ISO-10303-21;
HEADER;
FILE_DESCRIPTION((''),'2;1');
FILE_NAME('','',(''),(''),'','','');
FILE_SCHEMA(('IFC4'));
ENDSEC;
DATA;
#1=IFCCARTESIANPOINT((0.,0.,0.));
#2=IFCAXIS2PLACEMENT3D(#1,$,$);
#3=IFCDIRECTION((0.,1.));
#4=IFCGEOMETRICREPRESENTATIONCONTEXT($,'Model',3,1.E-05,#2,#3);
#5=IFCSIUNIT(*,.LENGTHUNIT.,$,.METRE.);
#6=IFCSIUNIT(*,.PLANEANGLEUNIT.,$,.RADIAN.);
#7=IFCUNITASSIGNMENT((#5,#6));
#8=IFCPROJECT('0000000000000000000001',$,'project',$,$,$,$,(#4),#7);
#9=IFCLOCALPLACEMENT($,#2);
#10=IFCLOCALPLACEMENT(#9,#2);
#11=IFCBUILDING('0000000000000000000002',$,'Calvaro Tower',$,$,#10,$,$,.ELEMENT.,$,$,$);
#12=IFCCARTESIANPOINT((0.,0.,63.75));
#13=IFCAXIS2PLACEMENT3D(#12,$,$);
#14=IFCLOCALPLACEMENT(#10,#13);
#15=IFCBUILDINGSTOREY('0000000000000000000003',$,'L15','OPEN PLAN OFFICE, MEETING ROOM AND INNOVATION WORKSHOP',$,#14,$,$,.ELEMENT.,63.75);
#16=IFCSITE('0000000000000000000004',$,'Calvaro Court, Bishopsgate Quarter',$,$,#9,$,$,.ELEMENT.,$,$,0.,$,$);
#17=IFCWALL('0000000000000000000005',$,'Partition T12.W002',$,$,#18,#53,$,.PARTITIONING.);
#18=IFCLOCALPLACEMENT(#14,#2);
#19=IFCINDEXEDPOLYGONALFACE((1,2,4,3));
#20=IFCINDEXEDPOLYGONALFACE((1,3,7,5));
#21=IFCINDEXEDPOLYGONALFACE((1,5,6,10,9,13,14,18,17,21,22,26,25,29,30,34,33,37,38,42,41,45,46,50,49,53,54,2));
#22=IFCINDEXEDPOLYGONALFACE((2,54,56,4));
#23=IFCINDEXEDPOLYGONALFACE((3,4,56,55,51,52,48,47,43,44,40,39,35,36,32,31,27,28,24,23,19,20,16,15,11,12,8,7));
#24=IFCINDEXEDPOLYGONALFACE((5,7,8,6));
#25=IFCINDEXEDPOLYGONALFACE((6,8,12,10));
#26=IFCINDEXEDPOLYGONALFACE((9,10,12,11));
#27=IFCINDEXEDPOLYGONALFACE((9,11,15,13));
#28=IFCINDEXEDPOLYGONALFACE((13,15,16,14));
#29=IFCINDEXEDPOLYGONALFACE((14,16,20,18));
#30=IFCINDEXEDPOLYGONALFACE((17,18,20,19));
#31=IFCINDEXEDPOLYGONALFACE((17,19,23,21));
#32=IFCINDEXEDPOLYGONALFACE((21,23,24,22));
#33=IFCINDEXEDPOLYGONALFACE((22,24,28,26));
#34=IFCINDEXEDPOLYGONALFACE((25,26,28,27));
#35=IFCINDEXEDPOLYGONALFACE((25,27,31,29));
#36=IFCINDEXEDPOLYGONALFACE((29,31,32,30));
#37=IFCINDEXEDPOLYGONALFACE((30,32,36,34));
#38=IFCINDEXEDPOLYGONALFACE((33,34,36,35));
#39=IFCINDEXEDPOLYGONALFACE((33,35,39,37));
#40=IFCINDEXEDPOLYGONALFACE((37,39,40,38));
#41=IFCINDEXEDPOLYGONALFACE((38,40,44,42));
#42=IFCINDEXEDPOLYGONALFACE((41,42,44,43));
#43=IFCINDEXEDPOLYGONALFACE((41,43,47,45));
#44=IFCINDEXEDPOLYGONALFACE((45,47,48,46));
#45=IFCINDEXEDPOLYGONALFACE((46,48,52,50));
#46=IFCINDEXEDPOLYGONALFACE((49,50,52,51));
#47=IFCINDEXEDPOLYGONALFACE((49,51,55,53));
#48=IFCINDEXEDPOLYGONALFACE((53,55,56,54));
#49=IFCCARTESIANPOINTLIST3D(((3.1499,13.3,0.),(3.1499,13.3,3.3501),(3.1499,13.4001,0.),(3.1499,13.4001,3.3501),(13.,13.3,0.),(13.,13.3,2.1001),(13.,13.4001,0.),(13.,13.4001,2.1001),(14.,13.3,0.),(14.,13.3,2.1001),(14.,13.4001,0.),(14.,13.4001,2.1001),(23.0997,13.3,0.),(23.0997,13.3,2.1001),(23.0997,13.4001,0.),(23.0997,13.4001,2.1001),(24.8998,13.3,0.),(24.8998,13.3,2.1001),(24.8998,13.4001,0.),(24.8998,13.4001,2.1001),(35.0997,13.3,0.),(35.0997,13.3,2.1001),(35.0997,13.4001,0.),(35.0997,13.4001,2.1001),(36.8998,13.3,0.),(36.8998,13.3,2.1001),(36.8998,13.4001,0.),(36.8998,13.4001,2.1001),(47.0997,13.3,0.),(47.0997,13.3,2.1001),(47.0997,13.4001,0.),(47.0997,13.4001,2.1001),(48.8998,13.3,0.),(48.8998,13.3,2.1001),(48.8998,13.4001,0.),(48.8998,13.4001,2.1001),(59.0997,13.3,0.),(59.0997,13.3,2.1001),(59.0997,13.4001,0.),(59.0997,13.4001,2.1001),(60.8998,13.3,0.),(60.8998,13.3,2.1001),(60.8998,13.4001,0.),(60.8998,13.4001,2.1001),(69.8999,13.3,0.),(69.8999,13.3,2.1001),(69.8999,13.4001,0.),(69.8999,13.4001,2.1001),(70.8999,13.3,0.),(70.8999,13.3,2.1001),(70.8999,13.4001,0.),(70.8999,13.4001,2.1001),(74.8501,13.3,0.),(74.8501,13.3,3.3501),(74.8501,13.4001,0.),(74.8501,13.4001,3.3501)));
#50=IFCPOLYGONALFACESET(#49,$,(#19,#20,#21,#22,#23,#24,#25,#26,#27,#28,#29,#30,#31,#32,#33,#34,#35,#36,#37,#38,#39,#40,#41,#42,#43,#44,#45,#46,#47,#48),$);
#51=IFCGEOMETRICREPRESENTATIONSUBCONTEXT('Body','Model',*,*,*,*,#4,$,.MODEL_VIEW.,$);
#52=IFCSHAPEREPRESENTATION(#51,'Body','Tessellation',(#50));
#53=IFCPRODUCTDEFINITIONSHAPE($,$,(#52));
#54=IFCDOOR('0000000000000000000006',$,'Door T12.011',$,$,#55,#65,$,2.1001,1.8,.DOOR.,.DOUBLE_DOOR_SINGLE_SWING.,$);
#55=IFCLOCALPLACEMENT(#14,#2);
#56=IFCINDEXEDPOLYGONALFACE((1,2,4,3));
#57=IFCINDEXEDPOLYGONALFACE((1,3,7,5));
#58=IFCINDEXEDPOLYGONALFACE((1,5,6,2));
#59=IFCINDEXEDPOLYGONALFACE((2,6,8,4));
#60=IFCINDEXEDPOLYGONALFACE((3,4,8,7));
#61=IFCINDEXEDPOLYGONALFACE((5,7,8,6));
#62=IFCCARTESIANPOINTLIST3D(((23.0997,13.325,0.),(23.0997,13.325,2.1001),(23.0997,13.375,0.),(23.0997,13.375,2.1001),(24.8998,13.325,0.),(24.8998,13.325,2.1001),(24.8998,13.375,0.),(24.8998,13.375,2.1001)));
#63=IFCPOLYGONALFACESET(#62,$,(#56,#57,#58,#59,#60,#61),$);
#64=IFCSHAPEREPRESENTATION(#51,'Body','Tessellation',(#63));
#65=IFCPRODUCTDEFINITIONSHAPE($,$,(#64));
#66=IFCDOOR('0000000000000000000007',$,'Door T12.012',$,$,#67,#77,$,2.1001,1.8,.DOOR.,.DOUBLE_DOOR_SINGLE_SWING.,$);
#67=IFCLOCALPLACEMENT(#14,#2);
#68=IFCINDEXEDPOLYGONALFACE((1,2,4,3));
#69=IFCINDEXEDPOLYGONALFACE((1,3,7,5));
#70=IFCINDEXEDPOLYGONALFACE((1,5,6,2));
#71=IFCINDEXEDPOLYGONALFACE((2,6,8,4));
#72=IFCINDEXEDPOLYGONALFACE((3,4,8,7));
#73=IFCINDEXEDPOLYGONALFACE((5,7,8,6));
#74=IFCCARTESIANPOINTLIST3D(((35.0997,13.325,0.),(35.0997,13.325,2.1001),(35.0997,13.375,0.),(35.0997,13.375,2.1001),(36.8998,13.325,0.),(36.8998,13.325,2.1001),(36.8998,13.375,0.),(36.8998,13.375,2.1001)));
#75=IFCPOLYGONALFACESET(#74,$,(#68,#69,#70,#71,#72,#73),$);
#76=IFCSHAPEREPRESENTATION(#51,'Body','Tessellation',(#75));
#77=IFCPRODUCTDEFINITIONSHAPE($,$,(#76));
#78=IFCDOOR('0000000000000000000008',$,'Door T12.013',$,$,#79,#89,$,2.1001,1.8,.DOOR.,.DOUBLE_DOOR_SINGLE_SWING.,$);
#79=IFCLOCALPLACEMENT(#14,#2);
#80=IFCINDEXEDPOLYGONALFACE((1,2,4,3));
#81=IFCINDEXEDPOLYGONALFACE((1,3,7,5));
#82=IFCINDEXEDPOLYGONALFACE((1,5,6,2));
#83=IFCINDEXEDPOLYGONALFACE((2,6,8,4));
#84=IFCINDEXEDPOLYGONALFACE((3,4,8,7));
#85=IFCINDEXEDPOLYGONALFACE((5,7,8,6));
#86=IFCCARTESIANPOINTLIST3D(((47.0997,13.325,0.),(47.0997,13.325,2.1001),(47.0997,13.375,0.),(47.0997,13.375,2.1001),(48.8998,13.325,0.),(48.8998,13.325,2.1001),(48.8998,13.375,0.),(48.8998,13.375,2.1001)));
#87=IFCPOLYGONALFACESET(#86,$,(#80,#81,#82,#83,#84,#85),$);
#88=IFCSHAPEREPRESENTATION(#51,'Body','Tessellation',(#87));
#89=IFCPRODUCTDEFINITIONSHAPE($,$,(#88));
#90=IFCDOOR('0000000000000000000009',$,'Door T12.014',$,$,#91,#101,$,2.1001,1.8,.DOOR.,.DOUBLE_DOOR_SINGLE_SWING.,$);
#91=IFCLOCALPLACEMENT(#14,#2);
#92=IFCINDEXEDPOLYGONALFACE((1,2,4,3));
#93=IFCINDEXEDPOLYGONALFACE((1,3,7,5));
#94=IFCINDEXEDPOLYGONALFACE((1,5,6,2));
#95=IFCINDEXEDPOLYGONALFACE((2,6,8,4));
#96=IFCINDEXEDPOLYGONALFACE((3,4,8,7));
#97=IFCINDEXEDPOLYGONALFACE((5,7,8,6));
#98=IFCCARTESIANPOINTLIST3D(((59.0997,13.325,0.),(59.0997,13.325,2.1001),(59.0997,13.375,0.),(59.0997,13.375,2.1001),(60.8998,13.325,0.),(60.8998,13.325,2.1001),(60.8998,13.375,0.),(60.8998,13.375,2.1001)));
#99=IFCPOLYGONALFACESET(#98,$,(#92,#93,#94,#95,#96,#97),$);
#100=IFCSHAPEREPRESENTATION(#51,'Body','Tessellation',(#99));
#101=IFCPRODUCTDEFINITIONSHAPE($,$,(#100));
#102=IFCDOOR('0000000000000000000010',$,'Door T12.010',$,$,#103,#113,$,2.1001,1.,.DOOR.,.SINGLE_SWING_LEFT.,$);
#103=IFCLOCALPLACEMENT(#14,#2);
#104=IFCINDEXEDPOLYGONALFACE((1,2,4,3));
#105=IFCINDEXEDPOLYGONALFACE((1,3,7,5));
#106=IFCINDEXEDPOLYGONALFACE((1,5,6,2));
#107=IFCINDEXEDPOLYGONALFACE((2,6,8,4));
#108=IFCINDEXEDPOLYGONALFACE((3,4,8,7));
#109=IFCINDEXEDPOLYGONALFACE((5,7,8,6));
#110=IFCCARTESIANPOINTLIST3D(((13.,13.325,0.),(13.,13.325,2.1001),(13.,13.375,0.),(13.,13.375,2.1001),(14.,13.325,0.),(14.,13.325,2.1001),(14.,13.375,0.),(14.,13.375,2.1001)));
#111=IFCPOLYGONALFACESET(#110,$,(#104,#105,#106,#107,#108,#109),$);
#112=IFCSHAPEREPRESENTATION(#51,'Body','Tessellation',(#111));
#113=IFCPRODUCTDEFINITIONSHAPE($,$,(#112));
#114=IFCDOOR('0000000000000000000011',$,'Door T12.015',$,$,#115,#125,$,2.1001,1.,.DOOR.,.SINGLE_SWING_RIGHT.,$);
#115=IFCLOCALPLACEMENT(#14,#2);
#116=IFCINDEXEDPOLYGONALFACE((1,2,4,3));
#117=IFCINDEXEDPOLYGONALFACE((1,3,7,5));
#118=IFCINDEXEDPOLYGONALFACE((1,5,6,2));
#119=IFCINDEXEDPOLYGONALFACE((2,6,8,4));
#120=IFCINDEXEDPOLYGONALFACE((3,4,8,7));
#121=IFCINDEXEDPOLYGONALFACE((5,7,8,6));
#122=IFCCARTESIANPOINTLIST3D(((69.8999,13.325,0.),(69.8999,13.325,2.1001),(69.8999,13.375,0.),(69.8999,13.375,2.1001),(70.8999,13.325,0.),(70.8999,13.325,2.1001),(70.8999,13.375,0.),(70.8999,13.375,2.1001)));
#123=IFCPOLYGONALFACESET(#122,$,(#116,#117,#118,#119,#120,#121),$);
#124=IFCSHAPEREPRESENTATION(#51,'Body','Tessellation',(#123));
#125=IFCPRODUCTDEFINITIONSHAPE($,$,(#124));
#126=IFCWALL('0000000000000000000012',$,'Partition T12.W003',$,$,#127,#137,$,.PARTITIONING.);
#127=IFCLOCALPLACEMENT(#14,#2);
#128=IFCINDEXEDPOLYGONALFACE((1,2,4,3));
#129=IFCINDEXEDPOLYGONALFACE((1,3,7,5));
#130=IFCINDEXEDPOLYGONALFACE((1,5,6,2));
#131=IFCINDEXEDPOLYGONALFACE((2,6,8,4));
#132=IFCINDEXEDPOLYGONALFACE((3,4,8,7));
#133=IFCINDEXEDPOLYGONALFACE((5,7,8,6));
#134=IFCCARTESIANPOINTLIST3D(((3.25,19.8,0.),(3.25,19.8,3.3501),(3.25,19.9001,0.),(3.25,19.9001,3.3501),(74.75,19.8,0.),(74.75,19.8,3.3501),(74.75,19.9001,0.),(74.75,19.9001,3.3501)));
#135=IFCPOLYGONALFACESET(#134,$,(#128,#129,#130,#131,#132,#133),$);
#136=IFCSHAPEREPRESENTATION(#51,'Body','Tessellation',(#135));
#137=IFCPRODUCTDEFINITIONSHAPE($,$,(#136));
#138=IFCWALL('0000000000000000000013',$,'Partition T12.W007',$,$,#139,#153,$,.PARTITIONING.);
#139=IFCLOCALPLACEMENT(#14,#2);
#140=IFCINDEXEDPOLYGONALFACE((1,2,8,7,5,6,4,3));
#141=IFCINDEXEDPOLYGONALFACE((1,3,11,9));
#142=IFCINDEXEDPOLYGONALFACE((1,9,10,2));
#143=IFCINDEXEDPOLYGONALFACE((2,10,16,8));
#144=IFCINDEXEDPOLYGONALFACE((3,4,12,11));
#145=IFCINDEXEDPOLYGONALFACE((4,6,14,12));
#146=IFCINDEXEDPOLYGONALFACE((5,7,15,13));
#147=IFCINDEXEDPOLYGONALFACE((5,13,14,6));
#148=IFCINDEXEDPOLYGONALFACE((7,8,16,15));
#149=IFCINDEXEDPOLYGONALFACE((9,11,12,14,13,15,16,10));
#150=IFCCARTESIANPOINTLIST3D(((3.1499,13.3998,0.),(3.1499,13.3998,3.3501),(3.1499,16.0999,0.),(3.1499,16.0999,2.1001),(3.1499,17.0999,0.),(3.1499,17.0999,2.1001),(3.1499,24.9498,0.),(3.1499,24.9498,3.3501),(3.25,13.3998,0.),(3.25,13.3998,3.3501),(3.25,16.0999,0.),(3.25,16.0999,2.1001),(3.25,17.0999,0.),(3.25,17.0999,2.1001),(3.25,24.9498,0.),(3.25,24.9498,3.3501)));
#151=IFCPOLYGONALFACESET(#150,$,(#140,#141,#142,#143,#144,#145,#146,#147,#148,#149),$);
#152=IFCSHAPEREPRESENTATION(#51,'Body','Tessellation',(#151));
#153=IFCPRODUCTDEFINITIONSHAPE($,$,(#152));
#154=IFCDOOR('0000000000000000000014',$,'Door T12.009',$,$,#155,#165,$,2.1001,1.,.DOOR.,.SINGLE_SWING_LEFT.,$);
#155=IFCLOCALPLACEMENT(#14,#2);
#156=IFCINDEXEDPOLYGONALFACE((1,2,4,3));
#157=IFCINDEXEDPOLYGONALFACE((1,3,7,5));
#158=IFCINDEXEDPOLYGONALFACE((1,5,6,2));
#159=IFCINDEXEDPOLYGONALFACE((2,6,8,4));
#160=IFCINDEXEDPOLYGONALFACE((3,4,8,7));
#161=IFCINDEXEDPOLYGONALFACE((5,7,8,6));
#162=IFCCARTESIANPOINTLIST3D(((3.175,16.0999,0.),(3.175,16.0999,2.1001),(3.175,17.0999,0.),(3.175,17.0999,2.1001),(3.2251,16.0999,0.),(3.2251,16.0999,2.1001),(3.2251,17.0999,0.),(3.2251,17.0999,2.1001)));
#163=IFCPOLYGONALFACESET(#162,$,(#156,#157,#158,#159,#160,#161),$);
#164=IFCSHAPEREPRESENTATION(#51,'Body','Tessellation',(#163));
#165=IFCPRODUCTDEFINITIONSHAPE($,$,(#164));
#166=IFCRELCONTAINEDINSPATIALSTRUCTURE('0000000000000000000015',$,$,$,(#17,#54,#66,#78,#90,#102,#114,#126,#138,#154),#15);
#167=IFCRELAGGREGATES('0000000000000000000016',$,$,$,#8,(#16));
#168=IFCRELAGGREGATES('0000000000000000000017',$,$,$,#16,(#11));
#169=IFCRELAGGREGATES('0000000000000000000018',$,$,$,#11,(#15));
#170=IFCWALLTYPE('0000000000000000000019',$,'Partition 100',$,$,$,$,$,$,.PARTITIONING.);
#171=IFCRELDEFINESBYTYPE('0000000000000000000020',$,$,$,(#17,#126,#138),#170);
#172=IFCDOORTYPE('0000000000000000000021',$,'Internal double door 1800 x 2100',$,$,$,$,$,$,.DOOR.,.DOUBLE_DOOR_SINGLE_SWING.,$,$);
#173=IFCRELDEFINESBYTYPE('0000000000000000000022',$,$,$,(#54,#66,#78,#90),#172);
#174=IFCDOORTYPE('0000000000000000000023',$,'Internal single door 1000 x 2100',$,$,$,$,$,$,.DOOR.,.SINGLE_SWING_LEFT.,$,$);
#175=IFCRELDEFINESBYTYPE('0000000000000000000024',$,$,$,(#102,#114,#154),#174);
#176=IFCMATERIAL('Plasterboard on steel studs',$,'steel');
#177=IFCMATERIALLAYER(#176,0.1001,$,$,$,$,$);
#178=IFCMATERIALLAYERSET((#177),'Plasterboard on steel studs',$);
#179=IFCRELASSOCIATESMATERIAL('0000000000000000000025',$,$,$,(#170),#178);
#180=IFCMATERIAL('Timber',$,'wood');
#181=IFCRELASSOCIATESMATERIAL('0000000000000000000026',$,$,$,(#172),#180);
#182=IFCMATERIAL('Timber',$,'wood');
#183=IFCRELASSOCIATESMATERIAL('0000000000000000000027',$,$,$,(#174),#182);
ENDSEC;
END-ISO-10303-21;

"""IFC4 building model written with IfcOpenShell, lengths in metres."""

from ifc_helpers import new_model, si_unit, direction, frame, frame_2d, origin, place, context, subcontext, project, spatial, rectangle, extrude, material, layer, layer_set, type_object, element, fill, save


model = new_model("IFC4")

# Units and contexts
model_context = context("Model", 3, precision=1e-05, world=origin(), true_north=direction((0.0, 1.0)))
body_context = subcontext(model_context, "Body", "Model", "MODEL_VIEW")
ifc_project = project(units=[si_unit("LENGTHUNIT", "METRE"), si_unit("PLANEANGLEUNIT", "RADIAN")], contexts=[model_context])

# Site, building, storey
site_placement = place(None, origin())
site = spatial("IfcSite", under=ifc_project, at=site_placement, Name="Calvaro Court, Bishopsgate Quarter", CompositionType="ELEMENT", RefElevation=0.0)
building_placement = place(site_placement, origin())
building = spatial("IfcBuilding", under=site, at=building_placement, Name="Calvaro Tower", CompositionType="ELEMENT")
storey_placement = place(building_placement, frame((0.0, 0.0, 63.75)))
storey = spatial("IfcBuildingStorey", under=building, at=storey_placement, Name="L15", Description="OPEN PLAN OFFICE, MEETING ROOM AND INNOVATION WORKSHOP", CompositionType="ELEMENT", Elevation=63.75)

# Wall, openings, doors
ifc_material_1 = material(Name="Plasterboard on steel studs", Category="steel")
ifc_layer = layer(ifc_material_1, 0.1001)
ifc_layer_set = layer_set([ifc_layer], Name="Plasterboard on steel studs")
wall_type = type_object("IfcWallType", Name="Partition 100", PredefinedType="PARTITIONING", material=ifc_layer_set)
ifc_material_2 = material(Name="Timber", Category="wood")
door_type_1 = type_object("IfcDoorType", Name="Internal double door 1800 x 2100", OperationType="DOUBLE_DOOR_SINGLE_SWING", PredefinedType="DOOR", material=ifc_material_2)
ifc_material_3 = material(Name="Timber", Category="wood")
door_type_2 = type_object("IfcDoorType", Name="Internal single door 1000 x 2100", OperationType="SINGLE_SWING_LEFT", PredefinedType="DOOR", material=ifc_material_3)
wall_1_placement = place(storey_placement, frame((3.1499, 13.3501, 0.0), z_axis=(0.0, 0.0, 1.0), x_axis=(1.0, 0.0, 0.0)))
wall_1 = element("IfcWall", 1, at=wall_1_placement, inside=storey, type_object=wall_type, Name="Partition T12.W002", PredefinedType="PARTITIONING", context=body_context, shape_type="SweptSolid", body=[
    extrude(rectangle(XDim=71.7002, YDim=0.1001, at=frame_2d((35.8501, 0.0))), origin(), (0.0, 0.0, 1.0), 3.3501),
])
opening_1_placement = place(wall_1_placement, frame((9.8501, 0.0, 0.0)))
opening_1 = element("IfcOpeningElement", 2, at=opening_1_placement, cuts=wall_1, PredefinedType="OPENING", context=body_context, shape_type="SweptSolid", body=[
    extrude(rectangle(XDim=1.0, YDim=2.1001, at=frame_2d((0.5, 1.05))), frame((0.0, 0.0601, 0.0), z_axis=(0.0, -1.0, 0.0), x_axis=(1.0, 0.0, 0.0)), (0.0, 0.0, 1.0), 0.1201),
])
opening_2_placement = place(wall_1_placement, frame((19.95, 0.0, 0.0)))
opening_2 = element("IfcOpeningElement", 3, at=opening_2_placement, cuts=wall_1, PredefinedType="OPENING", context=body_context, shape_type="SweptSolid", body=[
    extrude(rectangle(XDim=1.8, YDim=2.1001, at=frame_2d((0.8999, 1.05))), frame((0.0, 0.0601, 0.0), z_axis=(0.0, -1.0, 0.0), x_axis=(1.0, 0.0, 0.0)), (0.0, 0.0, 1.0), 0.1201),
])
opening_3_placement = place(wall_1_placement, frame((31.95, 0.0, 0.0)))
opening_3 = element("IfcOpeningElement", 4, at=opening_3_placement, cuts=wall_1, PredefinedType="OPENING", context=body_context, shape_type="SweptSolid", body=[
    extrude(rectangle(XDim=1.8, YDim=2.1001, at=frame_2d((0.8999, 1.05))), frame((0.0, 0.0601, 0.0), z_axis=(0.0, -1.0, 0.0), x_axis=(1.0, 0.0, 0.0)), (0.0, 0.0, 1.0), 0.1201),
])
opening_4_placement = place(wall_1_placement, frame((43.95, 0.0, 0.0)))
opening_4 = element("IfcOpeningElement", 5, at=opening_4_placement, cuts=wall_1, PredefinedType="OPENING", context=body_context, shape_type="SweptSolid", body=[
    extrude(rectangle(XDim=1.8, YDim=2.1001, at=frame_2d((0.8999, 1.05))), frame((0.0, 0.0601, 0.0), z_axis=(0.0, -1.0, 0.0), x_axis=(1.0, 0.0, 0.0)), (0.0, 0.0, 1.0), 0.1201),
])
opening_5_placement = place(wall_1_placement, frame((55.95, 0.0, 0.0)))
opening_5 = element("IfcOpeningElement", 6, at=opening_5_placement, cuts=wall_1, PredefinedType="OPENING", context=body_context, shape_type="SweptSolid", body=[
    extrude(rectangle(XDim=1.8, YDim=2.1001, at=frame_2d((0.8999, 1.05))), frame((0.0, 0.0601, 0.0), z_axis=(0.0, -1.0, 0.0), x_axis=(1.0, 0.0, 0.0)), (0.0, 0.0, 1.0), 0.1201),
])
opening_6_placement = place(wall_1_placement, frame((66.75, 0.0, 0.0)))
opening_6 = element("IfcOpeningElement", 7, at=opening_6_placement, cuts=wall_1, PredefinedType="OPENING", context=body_context, shape_type="SweptSolid", body=[
    extrude(rectangle(XDim=1.0, YDim=2.1001, at=frame_2d((0.5, 1.05))), frame((0.0, 0.0601, 0.0), z_axis=(0.0, -1.0, 0.0), x_axis=(1.0, 0.0, 0.0)), (0.0, 0.0, 1.0), 0.1201),
])
door_1_placement = place(opening_2_placement, origin())
door_1 = element("IfcDoor", 8, at=door_1_placement, inside=storey, type_object=door_type_1, Name="Door T12.011", OperationType="DOUBLE_DOOR_SINGLE_SWING", OverallHeight=2.1001, OverallWidth=1.8, PredefinedType="DOOR", context=body_context, shape_type="SweptSolid", body=[
    extrude(rectangle(XDim=1.8, YDim=2.1001, at=frame_2d((0.8999, 1.05))), frame((0.0, 0.0249, 0.0), z_axis=(0.0, -1.0, 0.0), x_axis=(1.0, 0.0, 0.0)), (0.0, 0.0, 1.0), 0.05),
])
fill(opening_2, door_1)
door_2_placement = place(opening_3_placement, origin())
door_2 = element("IfcDoor", 9, at=door_2_placement, inside=storey, type_object=door_type_1, Name="Door T12.012", OperationType="DOUBLE_DOOR_SINGLE_SWING", OverallHeight=2.1001, OverallWidth=1.8, PredefinedType="DOOR", context=body_context, shape_type="SweptSolid", body=[
    extrude(rectangle(XDim=1.8, YDim=2.1001, at=frame_2d((0.8999, 1.05))), frame((0.0, 0.0249, 0.0), z_axis=(0.0, -1.0, 0.0), x_axis=(1.0, 0.0, 0.0)), (0.0, 0.0, 1.0), 0.05),
])
fill(opening_3, door_2)
door_3_placement = place(opening_4_placement, origin())
door_3 = element("IfcDoor", 10, at=door_3_placement, inside=storey, type_object=door_type_1, Name="Door T12.013", OperationType="DOUBLE_DOOR_SINGLE_SWING", OverallHeight=2.1001, OverallWidth=1.8, PredefinedType="DOOR", context=body_context, shape_type="SweptSolid", body=[
    extrude(rectangle(XDim=1.8, YDim=2.1001, at=frame_2d((0.8999, 1.05))), frame((0.0, 0.0249, 0.0), z_axis=(0.0, -1.0, 0.0), x_axis=(1.0, 0.0, 0.0)), (0.0, 0.0, 1.0), 0.05),
])
fill(opening_4, door_3)
door_4_placement = place(opening_5_placement, origin())
door_4 = element("IfcDoor", 11, at=door_4_placement, inside=storey, type_object=door_type_1, Name="Door T12.014", OperationType="DOUBLE_DOOR_SINGLE_SWING", OverallHeight=2.1001, OverallWidth=1.8, PredefinedType="DOOR", context=body_context, shape_type="SweptSolid", body=[
    extrude(rectangle(XDim=1.8, YDim=2.1001, at=frame_2d((0.8999, 1.05))), frame((0.0, 0.0249, 0.0), z_axis=(0.0, -1.0, 0.0), x_axis=(1.0, 0.0, 0.0)), (0.0, 0.0, 1.0), 0.05),
])
fill(opening_5, door_4)
door_5_placement = place(opening_1_placement, origin())
door_5 = element("IfcDoor", 12, at=door_5_placement, inside=storey, type_object=door_type_2, Name="Door T12.010", OperationType="SINGLE_SWING_LEFT", OverallHeight=2.1001, OverallWidth=1.0, PredefinedType="DOOR", context=body_context, shape_type="SweptSolid", body=[
    extrude(rectangle(XDim=1.0, YDim=2.1001, at=frame_2d((0.5, 1.05))), frame((0.0, 0.0249, 0.0), z_axis=(0.0, -1.0, 0.0), x_axis=(1.0, 0.0, 0.0)), (0.0, 0.0, 1.0), 0.05),
])
fill(opening_1, door_5)
door_6_placement = place(opening_6_placement, origin())
door_6 = element("IfcDoor", 13, at=door_6_placement, inside=storey, type_object=door_type_2, Name="Door T12.015", OperationType="SINGLE_SWING_RIGHT", OverallHeight=2.1001, OverallWidth=1.0, PredefinedType="DOOR", context=body_context, shape_type="SweptSolid", body=[
    extrude(rectangle(XDim=1.0, YDim=2.1001, at=frame_2d((0.5, 1.05))), frame((0.0, 0.0249, 0.0), z_axis=(0.0, -1.0, 0.0), x_axis=(1.0, 0.0, 0.0)), (0.0, 0.0, 1.0), 0.05),
])
fill(opening_6, door_6)

# Wall
wall_2_placement = place(storey_placement, frame((3.25, 19.8501, 0.0), z_axis=(0.0, 0.0, 1.0), x_axis=(1.0, 0.0, 0.0)))
element("IfcWall", 14, at=wall_2_placement, inside=storey, type_object=wall_type, Name="Partition T12.W003", PredefinedType="PARTITIONING", context=body_context, shape_type="SweptSolid", body=[
    extrude(rectangle(XDim=71.5, YDim=0.1001, at=frame_2d((35.75, 0.0))), origin(), (0.0, 0.0, 1.0), 3.3501),
])

# Wall, opening, door
wall_3_placement = place(storey_placement, frame((3.2, 13.3999, 0.0), z_axis=(0.0, 0.0, 1.0), x_axis=(0.0, 1.0, 0.0)))
wall_3 = element("IfcWall", 15, at=wall_3_placement, inside=storey, type_object=wall_type, Name="Partition T12.W007", PredefinedType="PARTITIONING", context=body_context, shape_type="SweptSolid", body=[
    extrude(rectangle(XDim=11.55, YDim=0.1001, at=frame_2d((5.7749, 0.0))), origin(), (0.0, 0.0, 1.0), 3.3501),
])
opening_7_placement = place(wall_3_placement, frame((2.7, 0.0, 0.0)))
opening_7 = element("IfcOpeningElement", 16, at=opening_7_placement, cuts=wall_3, PredefinedType="OPENING", context=body_context, shape_type="SweptSolid", body=[
    extrude(rectangle(XDim=1.0, YDim=2.1001, at=frame_2d((0.5, 1.05))), frame((0.0, 0.0601, 0.0), z_axis=(0.0, -1.0, 0.0), x_axis=(1.0, 0.0, 0.0)), (0.0, 0.0, 1.0), 0.1201),
])
door_7_placement = place(opening_7_placement, origin())
door_7 = element("IfcDoor", 17, at=door_7_placement, inside=storey, type_object=door_type_2, Name="Door T12.009", OperationType="SINGLE_SWING_LEFT", OverallHeight=2.1001, OverallWidth=1.0, PredefinedType="DOOR", context=body_context, shape_type="SweptSolid", body=[
    extrude(rectangle(XDim=1.0, YDim=2.1001, at=frame_2d((0.5, 1.05))), frame((0.0, 0.0249, 0.0), z_axis=(0.0, -1.0, 0.0), x_axis=(1.0, 0.0, 0.0)), (0.0, 0.0, 1.0), 0.05),
])
fill(opening_7, door_7)

save(model, "model.ifc")
